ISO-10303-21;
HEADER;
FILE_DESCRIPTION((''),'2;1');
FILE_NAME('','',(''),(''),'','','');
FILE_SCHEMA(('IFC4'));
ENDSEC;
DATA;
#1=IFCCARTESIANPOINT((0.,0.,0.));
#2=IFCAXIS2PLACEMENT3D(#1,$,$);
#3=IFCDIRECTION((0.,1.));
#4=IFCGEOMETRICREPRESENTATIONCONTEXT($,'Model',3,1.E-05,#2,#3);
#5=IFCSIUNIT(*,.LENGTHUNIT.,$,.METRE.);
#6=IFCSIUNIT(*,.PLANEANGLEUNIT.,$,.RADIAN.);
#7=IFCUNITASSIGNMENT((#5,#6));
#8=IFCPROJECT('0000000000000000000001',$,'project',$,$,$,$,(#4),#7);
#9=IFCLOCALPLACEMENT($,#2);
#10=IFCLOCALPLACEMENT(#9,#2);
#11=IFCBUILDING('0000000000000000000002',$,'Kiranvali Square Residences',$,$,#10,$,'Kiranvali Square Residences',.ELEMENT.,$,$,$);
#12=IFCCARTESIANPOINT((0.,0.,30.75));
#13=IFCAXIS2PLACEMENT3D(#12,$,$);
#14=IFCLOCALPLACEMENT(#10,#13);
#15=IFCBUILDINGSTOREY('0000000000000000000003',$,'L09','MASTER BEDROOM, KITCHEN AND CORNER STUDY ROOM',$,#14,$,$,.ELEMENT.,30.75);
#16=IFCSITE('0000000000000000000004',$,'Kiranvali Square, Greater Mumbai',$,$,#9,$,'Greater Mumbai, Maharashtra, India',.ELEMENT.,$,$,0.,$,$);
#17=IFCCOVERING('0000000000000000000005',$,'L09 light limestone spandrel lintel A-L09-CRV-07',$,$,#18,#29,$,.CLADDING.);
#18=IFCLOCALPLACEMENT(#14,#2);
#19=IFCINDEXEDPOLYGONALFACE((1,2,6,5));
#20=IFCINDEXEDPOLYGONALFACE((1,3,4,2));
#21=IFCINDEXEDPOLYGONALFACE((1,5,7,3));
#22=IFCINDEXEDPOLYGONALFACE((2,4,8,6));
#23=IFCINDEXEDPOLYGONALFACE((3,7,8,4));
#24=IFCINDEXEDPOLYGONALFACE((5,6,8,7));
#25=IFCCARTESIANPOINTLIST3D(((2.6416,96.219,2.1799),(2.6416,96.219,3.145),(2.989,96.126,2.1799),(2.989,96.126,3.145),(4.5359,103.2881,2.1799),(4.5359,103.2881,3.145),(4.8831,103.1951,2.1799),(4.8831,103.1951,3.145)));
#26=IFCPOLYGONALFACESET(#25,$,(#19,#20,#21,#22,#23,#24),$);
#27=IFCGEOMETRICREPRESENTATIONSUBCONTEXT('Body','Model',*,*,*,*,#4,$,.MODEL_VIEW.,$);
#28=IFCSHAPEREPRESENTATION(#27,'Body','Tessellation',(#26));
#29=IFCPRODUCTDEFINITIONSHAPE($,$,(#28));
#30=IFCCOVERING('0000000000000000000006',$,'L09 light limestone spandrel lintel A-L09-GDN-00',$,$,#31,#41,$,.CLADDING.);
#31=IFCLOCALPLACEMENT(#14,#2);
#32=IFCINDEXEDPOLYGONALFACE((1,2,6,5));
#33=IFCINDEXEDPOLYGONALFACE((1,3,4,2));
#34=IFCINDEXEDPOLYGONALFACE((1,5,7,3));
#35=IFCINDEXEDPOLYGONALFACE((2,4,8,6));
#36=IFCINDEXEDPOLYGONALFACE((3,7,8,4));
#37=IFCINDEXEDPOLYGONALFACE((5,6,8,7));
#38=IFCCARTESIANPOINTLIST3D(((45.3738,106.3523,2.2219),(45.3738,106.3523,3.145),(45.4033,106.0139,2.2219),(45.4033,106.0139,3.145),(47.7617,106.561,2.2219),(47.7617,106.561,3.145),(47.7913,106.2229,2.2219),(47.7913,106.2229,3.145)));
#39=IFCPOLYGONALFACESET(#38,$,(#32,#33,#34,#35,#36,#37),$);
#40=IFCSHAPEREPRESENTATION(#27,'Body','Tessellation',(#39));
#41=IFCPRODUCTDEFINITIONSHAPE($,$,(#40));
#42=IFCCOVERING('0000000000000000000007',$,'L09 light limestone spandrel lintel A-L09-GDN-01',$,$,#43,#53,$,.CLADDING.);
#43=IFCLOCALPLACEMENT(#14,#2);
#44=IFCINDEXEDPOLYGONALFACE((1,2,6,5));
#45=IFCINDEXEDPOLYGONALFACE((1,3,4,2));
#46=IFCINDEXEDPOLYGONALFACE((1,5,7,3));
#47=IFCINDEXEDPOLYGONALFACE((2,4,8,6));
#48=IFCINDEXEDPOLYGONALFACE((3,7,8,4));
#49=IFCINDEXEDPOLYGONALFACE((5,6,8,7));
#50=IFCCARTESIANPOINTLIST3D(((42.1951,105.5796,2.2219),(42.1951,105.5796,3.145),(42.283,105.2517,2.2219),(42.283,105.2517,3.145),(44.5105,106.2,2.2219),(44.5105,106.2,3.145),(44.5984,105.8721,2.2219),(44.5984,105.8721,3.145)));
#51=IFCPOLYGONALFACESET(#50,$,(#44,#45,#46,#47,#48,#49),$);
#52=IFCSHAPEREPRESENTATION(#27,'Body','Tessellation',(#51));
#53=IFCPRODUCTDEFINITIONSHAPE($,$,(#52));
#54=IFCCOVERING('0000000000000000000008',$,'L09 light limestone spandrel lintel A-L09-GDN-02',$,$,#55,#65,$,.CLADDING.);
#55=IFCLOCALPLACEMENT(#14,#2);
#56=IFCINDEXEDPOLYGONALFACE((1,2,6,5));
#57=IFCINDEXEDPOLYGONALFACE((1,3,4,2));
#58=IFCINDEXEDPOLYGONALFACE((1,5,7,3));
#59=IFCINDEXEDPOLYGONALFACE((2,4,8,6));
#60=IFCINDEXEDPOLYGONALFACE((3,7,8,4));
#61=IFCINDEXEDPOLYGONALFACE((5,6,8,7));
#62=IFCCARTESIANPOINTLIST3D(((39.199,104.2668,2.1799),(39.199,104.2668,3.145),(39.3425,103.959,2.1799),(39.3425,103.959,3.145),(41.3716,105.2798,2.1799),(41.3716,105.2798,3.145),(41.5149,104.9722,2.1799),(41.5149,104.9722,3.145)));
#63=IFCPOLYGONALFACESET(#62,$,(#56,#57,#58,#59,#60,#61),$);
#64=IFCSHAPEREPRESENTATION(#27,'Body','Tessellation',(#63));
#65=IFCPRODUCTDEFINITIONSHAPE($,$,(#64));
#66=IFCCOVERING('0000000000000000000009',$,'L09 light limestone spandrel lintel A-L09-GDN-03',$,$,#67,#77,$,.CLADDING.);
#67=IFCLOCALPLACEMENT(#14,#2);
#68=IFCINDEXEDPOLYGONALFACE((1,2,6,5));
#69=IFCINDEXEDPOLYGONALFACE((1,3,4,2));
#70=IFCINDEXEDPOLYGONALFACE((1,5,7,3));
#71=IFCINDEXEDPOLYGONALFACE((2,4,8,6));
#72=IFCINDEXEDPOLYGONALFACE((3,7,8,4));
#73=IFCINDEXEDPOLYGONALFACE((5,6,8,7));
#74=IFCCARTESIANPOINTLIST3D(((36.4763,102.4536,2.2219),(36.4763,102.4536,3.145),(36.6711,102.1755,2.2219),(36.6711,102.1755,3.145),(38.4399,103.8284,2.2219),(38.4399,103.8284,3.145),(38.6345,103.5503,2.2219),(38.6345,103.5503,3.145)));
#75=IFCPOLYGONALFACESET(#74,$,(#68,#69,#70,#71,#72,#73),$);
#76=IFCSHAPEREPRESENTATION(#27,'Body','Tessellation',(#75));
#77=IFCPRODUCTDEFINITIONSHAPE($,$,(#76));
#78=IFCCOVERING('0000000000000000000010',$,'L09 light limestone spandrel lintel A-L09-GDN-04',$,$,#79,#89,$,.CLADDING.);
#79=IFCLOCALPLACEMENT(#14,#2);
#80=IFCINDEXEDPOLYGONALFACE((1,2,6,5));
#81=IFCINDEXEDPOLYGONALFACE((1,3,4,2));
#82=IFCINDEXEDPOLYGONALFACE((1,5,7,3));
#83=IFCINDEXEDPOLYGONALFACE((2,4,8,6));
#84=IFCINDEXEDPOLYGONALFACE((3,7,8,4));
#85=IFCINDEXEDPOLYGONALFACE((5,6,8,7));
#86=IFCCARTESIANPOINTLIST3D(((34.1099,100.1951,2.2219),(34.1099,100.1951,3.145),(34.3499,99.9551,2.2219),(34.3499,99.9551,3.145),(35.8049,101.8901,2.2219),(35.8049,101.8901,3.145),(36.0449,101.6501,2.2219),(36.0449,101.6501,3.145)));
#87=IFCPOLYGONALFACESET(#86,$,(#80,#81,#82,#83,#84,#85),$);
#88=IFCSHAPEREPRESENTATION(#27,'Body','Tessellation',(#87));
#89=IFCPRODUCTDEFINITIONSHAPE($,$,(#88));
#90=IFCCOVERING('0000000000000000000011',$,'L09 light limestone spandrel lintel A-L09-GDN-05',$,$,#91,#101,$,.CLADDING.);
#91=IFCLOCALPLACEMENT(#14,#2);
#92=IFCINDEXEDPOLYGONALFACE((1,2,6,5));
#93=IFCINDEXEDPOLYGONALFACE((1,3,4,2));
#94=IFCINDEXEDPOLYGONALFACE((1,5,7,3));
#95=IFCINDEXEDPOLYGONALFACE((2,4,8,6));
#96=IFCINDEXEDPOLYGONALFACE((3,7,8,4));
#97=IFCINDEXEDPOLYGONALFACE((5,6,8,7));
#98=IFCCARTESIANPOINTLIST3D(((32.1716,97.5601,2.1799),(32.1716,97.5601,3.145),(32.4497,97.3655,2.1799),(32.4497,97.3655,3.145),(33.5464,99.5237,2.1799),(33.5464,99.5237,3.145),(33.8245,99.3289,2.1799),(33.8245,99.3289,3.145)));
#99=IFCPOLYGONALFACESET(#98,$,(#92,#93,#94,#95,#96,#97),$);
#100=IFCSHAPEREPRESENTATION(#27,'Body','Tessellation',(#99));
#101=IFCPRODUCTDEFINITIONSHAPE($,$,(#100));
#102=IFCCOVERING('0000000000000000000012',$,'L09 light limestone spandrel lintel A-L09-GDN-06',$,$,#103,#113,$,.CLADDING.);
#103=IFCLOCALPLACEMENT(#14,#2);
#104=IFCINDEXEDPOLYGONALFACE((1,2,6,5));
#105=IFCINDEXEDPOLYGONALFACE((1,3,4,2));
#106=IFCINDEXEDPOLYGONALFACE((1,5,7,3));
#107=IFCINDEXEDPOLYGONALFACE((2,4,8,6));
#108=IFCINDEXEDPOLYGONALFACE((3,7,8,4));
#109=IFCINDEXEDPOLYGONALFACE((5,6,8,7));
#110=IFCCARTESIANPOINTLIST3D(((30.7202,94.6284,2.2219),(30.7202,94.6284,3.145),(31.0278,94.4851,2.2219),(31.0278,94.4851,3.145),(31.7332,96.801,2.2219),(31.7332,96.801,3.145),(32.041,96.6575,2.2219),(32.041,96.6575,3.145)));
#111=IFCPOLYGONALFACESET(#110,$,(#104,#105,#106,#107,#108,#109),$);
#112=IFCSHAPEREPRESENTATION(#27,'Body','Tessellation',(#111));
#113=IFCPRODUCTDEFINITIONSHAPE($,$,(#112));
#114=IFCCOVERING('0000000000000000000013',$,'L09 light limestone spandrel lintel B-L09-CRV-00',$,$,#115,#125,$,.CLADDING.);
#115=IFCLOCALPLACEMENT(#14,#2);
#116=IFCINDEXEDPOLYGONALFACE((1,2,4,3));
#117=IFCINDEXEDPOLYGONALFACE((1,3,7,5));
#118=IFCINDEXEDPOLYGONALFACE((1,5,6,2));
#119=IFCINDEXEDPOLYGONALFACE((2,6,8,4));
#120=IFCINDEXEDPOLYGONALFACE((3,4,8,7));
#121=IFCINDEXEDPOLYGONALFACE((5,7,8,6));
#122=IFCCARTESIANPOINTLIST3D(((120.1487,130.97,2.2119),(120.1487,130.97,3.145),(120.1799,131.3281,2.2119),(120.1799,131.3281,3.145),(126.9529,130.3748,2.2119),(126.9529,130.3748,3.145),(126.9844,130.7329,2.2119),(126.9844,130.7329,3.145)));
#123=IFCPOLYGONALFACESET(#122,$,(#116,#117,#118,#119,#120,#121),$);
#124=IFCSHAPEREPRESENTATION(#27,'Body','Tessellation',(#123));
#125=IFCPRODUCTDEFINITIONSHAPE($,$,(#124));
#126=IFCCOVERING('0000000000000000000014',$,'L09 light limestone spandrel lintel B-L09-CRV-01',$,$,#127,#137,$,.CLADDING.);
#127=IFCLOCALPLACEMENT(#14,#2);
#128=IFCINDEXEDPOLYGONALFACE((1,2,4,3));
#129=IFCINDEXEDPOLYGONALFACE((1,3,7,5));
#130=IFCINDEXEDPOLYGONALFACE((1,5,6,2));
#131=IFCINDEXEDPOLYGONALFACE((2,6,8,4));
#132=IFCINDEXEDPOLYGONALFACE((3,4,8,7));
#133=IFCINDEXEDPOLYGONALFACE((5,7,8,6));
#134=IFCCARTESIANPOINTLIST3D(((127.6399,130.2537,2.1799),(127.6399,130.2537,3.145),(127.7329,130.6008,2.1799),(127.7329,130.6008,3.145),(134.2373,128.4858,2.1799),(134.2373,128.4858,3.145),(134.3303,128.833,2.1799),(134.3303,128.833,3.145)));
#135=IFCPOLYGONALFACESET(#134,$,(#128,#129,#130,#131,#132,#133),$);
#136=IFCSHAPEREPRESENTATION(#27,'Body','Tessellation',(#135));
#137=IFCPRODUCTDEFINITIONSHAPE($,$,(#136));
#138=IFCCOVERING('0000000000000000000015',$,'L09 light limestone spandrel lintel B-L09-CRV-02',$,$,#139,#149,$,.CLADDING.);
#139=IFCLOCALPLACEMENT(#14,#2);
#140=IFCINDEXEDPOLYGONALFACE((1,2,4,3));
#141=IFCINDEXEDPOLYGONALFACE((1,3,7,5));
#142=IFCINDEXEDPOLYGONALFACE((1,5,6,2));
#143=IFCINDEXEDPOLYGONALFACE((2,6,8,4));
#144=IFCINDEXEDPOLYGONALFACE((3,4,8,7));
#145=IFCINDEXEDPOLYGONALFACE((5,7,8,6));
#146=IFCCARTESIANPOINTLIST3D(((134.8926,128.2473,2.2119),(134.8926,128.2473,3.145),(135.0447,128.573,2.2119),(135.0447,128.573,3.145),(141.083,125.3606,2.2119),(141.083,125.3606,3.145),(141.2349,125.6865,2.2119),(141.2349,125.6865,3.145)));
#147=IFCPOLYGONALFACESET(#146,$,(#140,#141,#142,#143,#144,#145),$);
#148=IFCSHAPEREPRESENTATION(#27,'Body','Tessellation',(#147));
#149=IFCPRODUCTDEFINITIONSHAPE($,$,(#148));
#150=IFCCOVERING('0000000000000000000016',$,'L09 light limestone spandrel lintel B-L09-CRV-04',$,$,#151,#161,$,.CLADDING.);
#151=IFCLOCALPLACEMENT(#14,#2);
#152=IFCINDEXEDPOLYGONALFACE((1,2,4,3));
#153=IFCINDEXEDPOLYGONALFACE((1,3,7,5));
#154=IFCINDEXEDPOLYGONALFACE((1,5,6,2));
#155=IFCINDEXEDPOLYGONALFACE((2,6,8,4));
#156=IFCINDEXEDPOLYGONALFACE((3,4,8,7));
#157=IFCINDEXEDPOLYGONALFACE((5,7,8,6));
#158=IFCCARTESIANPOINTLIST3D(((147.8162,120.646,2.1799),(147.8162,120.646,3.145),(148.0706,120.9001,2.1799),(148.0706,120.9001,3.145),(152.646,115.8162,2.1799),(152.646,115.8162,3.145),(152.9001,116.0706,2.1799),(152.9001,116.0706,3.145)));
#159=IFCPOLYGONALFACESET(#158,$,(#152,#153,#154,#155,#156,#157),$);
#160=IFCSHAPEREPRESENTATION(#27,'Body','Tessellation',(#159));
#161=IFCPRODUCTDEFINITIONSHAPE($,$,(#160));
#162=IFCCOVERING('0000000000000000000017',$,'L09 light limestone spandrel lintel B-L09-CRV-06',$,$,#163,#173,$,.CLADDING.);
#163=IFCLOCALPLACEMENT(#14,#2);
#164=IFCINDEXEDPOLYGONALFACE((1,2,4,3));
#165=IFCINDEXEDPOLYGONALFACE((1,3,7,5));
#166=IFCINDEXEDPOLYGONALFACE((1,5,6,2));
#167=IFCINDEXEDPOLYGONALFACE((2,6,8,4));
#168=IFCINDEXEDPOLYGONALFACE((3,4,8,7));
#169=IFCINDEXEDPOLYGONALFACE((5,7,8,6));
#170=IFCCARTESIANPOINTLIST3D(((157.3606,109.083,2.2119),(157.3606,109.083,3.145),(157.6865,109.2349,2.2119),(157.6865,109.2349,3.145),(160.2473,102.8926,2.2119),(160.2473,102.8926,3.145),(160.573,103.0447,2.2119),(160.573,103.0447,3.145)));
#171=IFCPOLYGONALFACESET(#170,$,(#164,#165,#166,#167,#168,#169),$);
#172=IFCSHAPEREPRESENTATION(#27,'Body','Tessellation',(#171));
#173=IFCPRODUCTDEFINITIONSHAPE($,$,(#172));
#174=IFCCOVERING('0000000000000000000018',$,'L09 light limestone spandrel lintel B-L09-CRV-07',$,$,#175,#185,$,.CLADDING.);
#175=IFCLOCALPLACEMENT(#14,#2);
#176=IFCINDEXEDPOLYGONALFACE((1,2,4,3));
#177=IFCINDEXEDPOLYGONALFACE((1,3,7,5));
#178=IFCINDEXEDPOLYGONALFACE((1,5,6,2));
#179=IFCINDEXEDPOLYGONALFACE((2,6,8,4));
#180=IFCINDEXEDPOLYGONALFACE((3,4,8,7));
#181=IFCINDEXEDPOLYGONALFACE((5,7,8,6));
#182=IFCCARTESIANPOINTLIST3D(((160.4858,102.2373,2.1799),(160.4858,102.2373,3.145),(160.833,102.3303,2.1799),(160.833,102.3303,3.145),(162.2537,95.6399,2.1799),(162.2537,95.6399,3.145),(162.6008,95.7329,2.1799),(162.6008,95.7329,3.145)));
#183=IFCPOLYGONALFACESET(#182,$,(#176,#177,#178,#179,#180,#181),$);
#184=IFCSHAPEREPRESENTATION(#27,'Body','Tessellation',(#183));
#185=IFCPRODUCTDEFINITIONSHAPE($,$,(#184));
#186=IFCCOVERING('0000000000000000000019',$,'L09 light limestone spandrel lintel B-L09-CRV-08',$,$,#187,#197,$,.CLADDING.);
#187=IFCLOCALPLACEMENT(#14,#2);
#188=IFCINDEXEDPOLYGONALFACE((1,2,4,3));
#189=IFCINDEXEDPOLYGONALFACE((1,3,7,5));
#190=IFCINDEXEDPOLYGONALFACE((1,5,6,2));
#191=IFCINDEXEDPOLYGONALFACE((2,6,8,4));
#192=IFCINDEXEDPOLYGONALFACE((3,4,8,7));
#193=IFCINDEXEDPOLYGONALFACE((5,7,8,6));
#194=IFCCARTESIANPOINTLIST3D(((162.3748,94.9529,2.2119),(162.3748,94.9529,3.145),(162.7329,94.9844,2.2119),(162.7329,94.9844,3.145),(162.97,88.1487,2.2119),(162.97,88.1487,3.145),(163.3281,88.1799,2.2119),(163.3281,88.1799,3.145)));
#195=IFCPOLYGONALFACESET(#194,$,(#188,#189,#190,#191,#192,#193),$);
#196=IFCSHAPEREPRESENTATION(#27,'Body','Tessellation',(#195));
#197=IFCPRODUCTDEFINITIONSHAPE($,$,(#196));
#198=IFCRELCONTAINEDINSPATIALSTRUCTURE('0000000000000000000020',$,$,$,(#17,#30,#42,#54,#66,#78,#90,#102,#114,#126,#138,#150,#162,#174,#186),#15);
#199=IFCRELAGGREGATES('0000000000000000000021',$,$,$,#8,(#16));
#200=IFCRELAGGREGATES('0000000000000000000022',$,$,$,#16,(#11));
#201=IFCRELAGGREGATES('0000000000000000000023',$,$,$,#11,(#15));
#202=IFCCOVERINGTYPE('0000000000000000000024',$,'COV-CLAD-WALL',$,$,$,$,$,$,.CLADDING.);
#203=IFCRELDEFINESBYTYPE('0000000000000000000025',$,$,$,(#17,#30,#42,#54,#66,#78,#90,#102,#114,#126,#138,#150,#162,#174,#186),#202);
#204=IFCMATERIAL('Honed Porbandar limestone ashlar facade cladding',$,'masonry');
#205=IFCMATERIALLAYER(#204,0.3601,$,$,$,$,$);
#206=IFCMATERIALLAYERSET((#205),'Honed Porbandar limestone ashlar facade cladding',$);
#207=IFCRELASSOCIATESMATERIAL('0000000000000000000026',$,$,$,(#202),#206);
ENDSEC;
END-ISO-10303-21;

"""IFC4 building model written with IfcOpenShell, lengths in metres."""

from ifc_helpers import new_model, si_unit, direction, frame, origin, place, context, subcontext, project, spatial, polyline, outline, extrude, material, layer, layer_set, type_object, element, save


model = new_model("IFC4")

# Units and contexts
model_context = context("Model", 3, precision=1e-05, world=origin(), true_north=direction((0.0, 1.0)))
body_context = subcontext(model_context, "Body", "Model", "MODEL_VIEW")
ifc_project = project(units=[si_unit("LENGTHUNIT", "METRE"), si_unit("PLANEANGLEUNIT", "RADIAN")], contexts=[model_context])

# Site, building, storey
site_placement = place(None, origin())
site = spatial("IfcSite", under=ifc_project, at=site_placement, Name="Kiranvali Square, Greater Mumbai", LongName="Greater Mumbai, Maharashtra, India", CompositionType="ELEMENT", RefElevation=0.0)
building_placement = place(site_placement, origin())
building = spatial("IfcBuilding", under=site, at=building_placement, Name="Kiranvali Square Residences", LongName="Kiranvali Square Residences", CompositionType="ELEMENT")
storey_placement = place(building_placement, frame((0.0, 0.0, 30.75)))
storey = spatial("IfcBuildingStorey", under=building, at=storey_placement, Name="L09", Description="MASTER BEDROOM, KITCHEN AND CORNER STUDY ROOM", CompositionType="ELEMENT", Elevation=30.75)

# Coverings
ifc_material = material(Name="Honed Porbandar limestone ashlar facade cladding", Category="masonry")
ifc_layer = layer(ifc_material, 0.3601)
ifc_layer_set = layer_set([ifc_layer], Name="Honed Porbandar limestone ashlar facade cladding")
covering_type = type_object("IfcCoveringType", Name="COV-CLAD-WALL", PredefinedType="CLADDING", material=ifc_layer_set)
covering_1_placement = place(storey_placement, frame((0.0, 0.0, 2.1799)))
element("IfcCovering", 1, at=covering_1_placement, inside=storey, type_object=covering_type, Name="L09 light limestone spandrel lintel A-L09-CRV-07", PredefinedType="CLADDING", context=body_context, shape_type="SweptSolid", body=[
    extrude(outline(polyline([(4.5359, 103.2881), (2.6416, 96.219), (2.989, 96.126), (4.8831, 103.1951), (4.5359, 103.2881)])), origin(), (0.0, 0.0, 1.0), 0.9651),
])
covering_2_placement = place(storey_placement, frame((0.0, 0.0, 2.2219)))
element("IfcCovering", 2, at=covering_2_placement, inside=storey, type_object=covering_type, Name="L09 light limestone spandrel lintel A-L09-GDN-00", PredefinedType="CLADDING", context=body_context, shape_type="SweptSolid", body=[
    extrude(outline(polyline([(47.7617, 106.561), (45.3738, 106.3523), (45.4033, 106.0139), (47.7913, 106.2229), (47.7617, 106.561)])), origin(), (0.0, 0.0, 1.0), 0.9231),
])
covering_3_placement = place(storey_placement, frame((0.0, 0.0, 2.2219)))
element("IfcCovering", 3, at=covering_3_placement, inside=storey, type_object=covering_type, Name="L09 light limestone spandrel lintel A-L09-GDN-01", PredefinedType="CLADDING", context=body_context, shape_type="SweptSolid", body=[
    extrude(outline(polyline([(44.5105, 106.2), (42.1951, 105.5796), (42.283, 105.2517), (44.5984, 105.8721), (44.5105, 106.2)])), origin(), (0.0, 0.0, 1.0), 0.9231),
])
covering_4_placement = place(storey_placement, frame((0.0, 0.0, 2.1799)))
element("IfcCovering", 4, at=covering_4_placement, inside=storey, type_object=covering_type, Name="L09 light limestone spandrel lintel A-L09-GDN-02", PredefinedType="CLADDING", context=body_context, shape_type="SweptSolid", body=[
    extrude(outline(polyline([(41.3716, 105.2798), (39.199, 104.2668), (39.3425, 103.959), (41.5149, 104.9722), (41.3716, 105.2798)])), origin(), (0.0, 0.0, 1.0), 0.9651),
])
covering_5_placement = place(storey_placement, frame((0.0, 0.0, 2.2219)))
element("IfcCovering", 5, at=covering_5_placement, inside=storey, type_object=covering_type, Name="L09 light limestone spandrel lintel A-L09-GDN-03", PredefinedType="CLADDING", context=body_context, shape_type="SweptSolid", body=[
    extrude(outline(polyline([(38.4399, 103.8284), (36.4763, 102.4536), (36.6711, 102.1755), (38.6345, 103.5503), (38.4399, 103.8284)])), origin(), (0.0, 0.0, 1.0), 0.9231),
])
covering_6_placement = place(storey_placement, frame((0.0, 0.0, 2.2219)))
element("IfcCovering", 6, at=covering_6_placement, inside=storey, type_object=covering_type, Name="L09 light limestone spandrel lintel A-L09-GDN-04", PredefinedType="CLADDING", context=body_context, shape_type="SweptSolid", body=[
    extrude(outline(polyline([(35.8049, 101.8901), (34.1099, 100.1951), (34.3499, 99.9551), (36.0449, 101.6501), (35.8049, 101.8901)])), origin(), (0.0, 0.0, 1.0), 0.9231),
])
covering_7_placement = place(storey_placement, frame((0.0, 0.0, 2.1799)))
element("IfcCovering", 7, at=covering_7_placement, inside=storey, type_object=covering_type, Name="L09 light limestone spandrel lintel A-L09-GDN-05", PredefinedType="CLADDING", context=body_context, shape_type="SweptSolid", body=[
    extrude(outline(polyline([(33.5464, 99.5237), (32.1716, 97.5601), (32.4497, 97.3655), (33.8245, 99.3289), (33.5464, 99.5237)])), origin(), (0.0, 0.0, 1.0), 0.9651),
])
covering_8_placement = place(storey_placement, frame((0.0, 0.0, 2.2219)))
element("IfcCovering", 8, at=covering_8_placement, inside=storey, type_object=covering_type, Name="L09 light limestone spandrel lintel A-L09-GDN-06", PredefinedType="CLADDING", context=body_context, shape_type="SweptSolid", body=[
    extrude(outline(polyline([(31.7332, 96.801), (30.7202, 94.6284), (31.0278, 94.4851), (32.041, 96.6575), (31.7332, 96.801)])), origin(), (0.0, 0.0, 1.0), 0.9231),
])
covering_9_placement = place(storey_placement, frame((0.0, 0.0, 2.2119)))
element("IfcCovering", 9, at=covering_9_placement, inside=storey, type_object=covering_type, Name="L09 light limestone spandrel lintel B-L09-CRV-00", PredefinedType="CLADDING", context=body_context, shape_type="SweptSolid", body=[
    extrude(outline(polyline([(120.1487, 130.97), (126.9529, 130.3748), (126.9844, 130.7329), (120.1799, 131.3281), (120.1487, 130.97)])), origin(), (0.0, 0.0, 1.0), 0.9331),
])
covering_10_placement = place(storey_placement, frame((0.0, 0.0, 2.1799)))
element("IfcCovering", 10, at=covering_10_placement, inside=storey, type_object=covering_type, Name="L09 light limestone spandrel lintel B-L09-CRV-01", PredefinedType="CLADDING", context=body_context, shape_type="SweptSolid", body=[
    extrude(outline(polyline([(127.6399, 130.2537), (134.2373, 128.4858), (134.3303, 128.833), (127.7329, 130.6008), (127.6399, 130.2537)])), origin(), (0.0, 0.0, 1.0), 0.9651),
])
covering_11_placement = place(storey_placement, frame((0.0, 0.0, 2.2119)))
element("IfcCovering", 11, at=covering_11_placement, inside=storey, type_object=covering_type, Name="L09 light limestone spandrel lintel B-L09-CRV-02", PredefinedType="CLADDING", context=body_context, shape_type="SweptSolid", body=[
    extrude(outline(polyline([(134.8926, 128.2473), (141.083, 125.3606), (141.2349, 125.6865), (135.0447, 128.573), (134.8926, 128.2473)])), origin(), (0.0, 0.0, 1.0), 0.9331),
])
covering_12_placement = place(storey_placement, frame((0.0, 0.0, 2.1799)))
element("IfcCovering", 12, at=covering_12_placement, inside=storey, type_object=covering_type, Name="L09 light limestone spandrel lintel B-L09-CRV-04", PredefinedType="CLADDING", context=body_context, shape_type="SweptSolid", body=[
    extrude(outline(polyline([(147.8162, 120.646), (152.646, 115.8162), (152.9001, 116.0706), (148.0706, 120.9001), (147.8162, 120.646)])), origin(), (0.0, 0.0, 1.0), 0.9651),
])
covering_13_placement = place(storey_placement, frame((0.0, 0.0, 2.2119)))
element("IfcCovering", 13, at=covering_13_placement, inside=storey, type_object=covering_type, Name="L09 light limestone spandrel lintel B-L09-CRV-06", PredefinedType="CLADDING", context=body_context, shape_type="SweptSolid", body=[
    extrude(outline(polyline([(157.3606, 109.083), (160.2473, 102.8926), (160.573, 103.0447), (157.6865, 109.2349), (157.3606, 109.083)])), origin(), (0.0, 0.0, 1.0), 0.9331),
])
covering_14_placement = place(storey_placement, frame((0.0, 0.0, 2.1799)))
element("IfcCovering", 14, at=covering_14_placement, inside=storey, type_object=covering_type, Name="L09 light limestone spandrel lintel B-L09-CRV-07", PredefinedType="CLADDING", context=body_context, shape_type="SweptSolid", body=[
    extrude(outline(polyline([(160.4858, 102.2373), (162.2537, 95.6399), (162.6008, 95.7329), (160.833, 102.3303), (160.4858, 102.2373)])), origin(), (0.0, 0.0, 1.0), 0.9651),
])
covering_15_placement = place(storey_placement, frame((0.0, 0.0, 2.2119)))
element("IfcCovering", 15, at=covering_15_placement, inside=storey, type_object=covering_type, Name="L09 light limestone spandrel lintel B-L09-CRV-08", PredefinedType="CLADDING", context=body_context, shape_type="SweptSolid", body=[
    extrude(outline(polyline([(162.3748, 94.9529), (162.97, 88.1487), (163.3281, 88.1799), (162.7329, 94.9844), (162.3748, 94.9529)])), origin(), (0.0, 0.0, 1.0), 0.9331),
])

save(model, "model.ifc")
